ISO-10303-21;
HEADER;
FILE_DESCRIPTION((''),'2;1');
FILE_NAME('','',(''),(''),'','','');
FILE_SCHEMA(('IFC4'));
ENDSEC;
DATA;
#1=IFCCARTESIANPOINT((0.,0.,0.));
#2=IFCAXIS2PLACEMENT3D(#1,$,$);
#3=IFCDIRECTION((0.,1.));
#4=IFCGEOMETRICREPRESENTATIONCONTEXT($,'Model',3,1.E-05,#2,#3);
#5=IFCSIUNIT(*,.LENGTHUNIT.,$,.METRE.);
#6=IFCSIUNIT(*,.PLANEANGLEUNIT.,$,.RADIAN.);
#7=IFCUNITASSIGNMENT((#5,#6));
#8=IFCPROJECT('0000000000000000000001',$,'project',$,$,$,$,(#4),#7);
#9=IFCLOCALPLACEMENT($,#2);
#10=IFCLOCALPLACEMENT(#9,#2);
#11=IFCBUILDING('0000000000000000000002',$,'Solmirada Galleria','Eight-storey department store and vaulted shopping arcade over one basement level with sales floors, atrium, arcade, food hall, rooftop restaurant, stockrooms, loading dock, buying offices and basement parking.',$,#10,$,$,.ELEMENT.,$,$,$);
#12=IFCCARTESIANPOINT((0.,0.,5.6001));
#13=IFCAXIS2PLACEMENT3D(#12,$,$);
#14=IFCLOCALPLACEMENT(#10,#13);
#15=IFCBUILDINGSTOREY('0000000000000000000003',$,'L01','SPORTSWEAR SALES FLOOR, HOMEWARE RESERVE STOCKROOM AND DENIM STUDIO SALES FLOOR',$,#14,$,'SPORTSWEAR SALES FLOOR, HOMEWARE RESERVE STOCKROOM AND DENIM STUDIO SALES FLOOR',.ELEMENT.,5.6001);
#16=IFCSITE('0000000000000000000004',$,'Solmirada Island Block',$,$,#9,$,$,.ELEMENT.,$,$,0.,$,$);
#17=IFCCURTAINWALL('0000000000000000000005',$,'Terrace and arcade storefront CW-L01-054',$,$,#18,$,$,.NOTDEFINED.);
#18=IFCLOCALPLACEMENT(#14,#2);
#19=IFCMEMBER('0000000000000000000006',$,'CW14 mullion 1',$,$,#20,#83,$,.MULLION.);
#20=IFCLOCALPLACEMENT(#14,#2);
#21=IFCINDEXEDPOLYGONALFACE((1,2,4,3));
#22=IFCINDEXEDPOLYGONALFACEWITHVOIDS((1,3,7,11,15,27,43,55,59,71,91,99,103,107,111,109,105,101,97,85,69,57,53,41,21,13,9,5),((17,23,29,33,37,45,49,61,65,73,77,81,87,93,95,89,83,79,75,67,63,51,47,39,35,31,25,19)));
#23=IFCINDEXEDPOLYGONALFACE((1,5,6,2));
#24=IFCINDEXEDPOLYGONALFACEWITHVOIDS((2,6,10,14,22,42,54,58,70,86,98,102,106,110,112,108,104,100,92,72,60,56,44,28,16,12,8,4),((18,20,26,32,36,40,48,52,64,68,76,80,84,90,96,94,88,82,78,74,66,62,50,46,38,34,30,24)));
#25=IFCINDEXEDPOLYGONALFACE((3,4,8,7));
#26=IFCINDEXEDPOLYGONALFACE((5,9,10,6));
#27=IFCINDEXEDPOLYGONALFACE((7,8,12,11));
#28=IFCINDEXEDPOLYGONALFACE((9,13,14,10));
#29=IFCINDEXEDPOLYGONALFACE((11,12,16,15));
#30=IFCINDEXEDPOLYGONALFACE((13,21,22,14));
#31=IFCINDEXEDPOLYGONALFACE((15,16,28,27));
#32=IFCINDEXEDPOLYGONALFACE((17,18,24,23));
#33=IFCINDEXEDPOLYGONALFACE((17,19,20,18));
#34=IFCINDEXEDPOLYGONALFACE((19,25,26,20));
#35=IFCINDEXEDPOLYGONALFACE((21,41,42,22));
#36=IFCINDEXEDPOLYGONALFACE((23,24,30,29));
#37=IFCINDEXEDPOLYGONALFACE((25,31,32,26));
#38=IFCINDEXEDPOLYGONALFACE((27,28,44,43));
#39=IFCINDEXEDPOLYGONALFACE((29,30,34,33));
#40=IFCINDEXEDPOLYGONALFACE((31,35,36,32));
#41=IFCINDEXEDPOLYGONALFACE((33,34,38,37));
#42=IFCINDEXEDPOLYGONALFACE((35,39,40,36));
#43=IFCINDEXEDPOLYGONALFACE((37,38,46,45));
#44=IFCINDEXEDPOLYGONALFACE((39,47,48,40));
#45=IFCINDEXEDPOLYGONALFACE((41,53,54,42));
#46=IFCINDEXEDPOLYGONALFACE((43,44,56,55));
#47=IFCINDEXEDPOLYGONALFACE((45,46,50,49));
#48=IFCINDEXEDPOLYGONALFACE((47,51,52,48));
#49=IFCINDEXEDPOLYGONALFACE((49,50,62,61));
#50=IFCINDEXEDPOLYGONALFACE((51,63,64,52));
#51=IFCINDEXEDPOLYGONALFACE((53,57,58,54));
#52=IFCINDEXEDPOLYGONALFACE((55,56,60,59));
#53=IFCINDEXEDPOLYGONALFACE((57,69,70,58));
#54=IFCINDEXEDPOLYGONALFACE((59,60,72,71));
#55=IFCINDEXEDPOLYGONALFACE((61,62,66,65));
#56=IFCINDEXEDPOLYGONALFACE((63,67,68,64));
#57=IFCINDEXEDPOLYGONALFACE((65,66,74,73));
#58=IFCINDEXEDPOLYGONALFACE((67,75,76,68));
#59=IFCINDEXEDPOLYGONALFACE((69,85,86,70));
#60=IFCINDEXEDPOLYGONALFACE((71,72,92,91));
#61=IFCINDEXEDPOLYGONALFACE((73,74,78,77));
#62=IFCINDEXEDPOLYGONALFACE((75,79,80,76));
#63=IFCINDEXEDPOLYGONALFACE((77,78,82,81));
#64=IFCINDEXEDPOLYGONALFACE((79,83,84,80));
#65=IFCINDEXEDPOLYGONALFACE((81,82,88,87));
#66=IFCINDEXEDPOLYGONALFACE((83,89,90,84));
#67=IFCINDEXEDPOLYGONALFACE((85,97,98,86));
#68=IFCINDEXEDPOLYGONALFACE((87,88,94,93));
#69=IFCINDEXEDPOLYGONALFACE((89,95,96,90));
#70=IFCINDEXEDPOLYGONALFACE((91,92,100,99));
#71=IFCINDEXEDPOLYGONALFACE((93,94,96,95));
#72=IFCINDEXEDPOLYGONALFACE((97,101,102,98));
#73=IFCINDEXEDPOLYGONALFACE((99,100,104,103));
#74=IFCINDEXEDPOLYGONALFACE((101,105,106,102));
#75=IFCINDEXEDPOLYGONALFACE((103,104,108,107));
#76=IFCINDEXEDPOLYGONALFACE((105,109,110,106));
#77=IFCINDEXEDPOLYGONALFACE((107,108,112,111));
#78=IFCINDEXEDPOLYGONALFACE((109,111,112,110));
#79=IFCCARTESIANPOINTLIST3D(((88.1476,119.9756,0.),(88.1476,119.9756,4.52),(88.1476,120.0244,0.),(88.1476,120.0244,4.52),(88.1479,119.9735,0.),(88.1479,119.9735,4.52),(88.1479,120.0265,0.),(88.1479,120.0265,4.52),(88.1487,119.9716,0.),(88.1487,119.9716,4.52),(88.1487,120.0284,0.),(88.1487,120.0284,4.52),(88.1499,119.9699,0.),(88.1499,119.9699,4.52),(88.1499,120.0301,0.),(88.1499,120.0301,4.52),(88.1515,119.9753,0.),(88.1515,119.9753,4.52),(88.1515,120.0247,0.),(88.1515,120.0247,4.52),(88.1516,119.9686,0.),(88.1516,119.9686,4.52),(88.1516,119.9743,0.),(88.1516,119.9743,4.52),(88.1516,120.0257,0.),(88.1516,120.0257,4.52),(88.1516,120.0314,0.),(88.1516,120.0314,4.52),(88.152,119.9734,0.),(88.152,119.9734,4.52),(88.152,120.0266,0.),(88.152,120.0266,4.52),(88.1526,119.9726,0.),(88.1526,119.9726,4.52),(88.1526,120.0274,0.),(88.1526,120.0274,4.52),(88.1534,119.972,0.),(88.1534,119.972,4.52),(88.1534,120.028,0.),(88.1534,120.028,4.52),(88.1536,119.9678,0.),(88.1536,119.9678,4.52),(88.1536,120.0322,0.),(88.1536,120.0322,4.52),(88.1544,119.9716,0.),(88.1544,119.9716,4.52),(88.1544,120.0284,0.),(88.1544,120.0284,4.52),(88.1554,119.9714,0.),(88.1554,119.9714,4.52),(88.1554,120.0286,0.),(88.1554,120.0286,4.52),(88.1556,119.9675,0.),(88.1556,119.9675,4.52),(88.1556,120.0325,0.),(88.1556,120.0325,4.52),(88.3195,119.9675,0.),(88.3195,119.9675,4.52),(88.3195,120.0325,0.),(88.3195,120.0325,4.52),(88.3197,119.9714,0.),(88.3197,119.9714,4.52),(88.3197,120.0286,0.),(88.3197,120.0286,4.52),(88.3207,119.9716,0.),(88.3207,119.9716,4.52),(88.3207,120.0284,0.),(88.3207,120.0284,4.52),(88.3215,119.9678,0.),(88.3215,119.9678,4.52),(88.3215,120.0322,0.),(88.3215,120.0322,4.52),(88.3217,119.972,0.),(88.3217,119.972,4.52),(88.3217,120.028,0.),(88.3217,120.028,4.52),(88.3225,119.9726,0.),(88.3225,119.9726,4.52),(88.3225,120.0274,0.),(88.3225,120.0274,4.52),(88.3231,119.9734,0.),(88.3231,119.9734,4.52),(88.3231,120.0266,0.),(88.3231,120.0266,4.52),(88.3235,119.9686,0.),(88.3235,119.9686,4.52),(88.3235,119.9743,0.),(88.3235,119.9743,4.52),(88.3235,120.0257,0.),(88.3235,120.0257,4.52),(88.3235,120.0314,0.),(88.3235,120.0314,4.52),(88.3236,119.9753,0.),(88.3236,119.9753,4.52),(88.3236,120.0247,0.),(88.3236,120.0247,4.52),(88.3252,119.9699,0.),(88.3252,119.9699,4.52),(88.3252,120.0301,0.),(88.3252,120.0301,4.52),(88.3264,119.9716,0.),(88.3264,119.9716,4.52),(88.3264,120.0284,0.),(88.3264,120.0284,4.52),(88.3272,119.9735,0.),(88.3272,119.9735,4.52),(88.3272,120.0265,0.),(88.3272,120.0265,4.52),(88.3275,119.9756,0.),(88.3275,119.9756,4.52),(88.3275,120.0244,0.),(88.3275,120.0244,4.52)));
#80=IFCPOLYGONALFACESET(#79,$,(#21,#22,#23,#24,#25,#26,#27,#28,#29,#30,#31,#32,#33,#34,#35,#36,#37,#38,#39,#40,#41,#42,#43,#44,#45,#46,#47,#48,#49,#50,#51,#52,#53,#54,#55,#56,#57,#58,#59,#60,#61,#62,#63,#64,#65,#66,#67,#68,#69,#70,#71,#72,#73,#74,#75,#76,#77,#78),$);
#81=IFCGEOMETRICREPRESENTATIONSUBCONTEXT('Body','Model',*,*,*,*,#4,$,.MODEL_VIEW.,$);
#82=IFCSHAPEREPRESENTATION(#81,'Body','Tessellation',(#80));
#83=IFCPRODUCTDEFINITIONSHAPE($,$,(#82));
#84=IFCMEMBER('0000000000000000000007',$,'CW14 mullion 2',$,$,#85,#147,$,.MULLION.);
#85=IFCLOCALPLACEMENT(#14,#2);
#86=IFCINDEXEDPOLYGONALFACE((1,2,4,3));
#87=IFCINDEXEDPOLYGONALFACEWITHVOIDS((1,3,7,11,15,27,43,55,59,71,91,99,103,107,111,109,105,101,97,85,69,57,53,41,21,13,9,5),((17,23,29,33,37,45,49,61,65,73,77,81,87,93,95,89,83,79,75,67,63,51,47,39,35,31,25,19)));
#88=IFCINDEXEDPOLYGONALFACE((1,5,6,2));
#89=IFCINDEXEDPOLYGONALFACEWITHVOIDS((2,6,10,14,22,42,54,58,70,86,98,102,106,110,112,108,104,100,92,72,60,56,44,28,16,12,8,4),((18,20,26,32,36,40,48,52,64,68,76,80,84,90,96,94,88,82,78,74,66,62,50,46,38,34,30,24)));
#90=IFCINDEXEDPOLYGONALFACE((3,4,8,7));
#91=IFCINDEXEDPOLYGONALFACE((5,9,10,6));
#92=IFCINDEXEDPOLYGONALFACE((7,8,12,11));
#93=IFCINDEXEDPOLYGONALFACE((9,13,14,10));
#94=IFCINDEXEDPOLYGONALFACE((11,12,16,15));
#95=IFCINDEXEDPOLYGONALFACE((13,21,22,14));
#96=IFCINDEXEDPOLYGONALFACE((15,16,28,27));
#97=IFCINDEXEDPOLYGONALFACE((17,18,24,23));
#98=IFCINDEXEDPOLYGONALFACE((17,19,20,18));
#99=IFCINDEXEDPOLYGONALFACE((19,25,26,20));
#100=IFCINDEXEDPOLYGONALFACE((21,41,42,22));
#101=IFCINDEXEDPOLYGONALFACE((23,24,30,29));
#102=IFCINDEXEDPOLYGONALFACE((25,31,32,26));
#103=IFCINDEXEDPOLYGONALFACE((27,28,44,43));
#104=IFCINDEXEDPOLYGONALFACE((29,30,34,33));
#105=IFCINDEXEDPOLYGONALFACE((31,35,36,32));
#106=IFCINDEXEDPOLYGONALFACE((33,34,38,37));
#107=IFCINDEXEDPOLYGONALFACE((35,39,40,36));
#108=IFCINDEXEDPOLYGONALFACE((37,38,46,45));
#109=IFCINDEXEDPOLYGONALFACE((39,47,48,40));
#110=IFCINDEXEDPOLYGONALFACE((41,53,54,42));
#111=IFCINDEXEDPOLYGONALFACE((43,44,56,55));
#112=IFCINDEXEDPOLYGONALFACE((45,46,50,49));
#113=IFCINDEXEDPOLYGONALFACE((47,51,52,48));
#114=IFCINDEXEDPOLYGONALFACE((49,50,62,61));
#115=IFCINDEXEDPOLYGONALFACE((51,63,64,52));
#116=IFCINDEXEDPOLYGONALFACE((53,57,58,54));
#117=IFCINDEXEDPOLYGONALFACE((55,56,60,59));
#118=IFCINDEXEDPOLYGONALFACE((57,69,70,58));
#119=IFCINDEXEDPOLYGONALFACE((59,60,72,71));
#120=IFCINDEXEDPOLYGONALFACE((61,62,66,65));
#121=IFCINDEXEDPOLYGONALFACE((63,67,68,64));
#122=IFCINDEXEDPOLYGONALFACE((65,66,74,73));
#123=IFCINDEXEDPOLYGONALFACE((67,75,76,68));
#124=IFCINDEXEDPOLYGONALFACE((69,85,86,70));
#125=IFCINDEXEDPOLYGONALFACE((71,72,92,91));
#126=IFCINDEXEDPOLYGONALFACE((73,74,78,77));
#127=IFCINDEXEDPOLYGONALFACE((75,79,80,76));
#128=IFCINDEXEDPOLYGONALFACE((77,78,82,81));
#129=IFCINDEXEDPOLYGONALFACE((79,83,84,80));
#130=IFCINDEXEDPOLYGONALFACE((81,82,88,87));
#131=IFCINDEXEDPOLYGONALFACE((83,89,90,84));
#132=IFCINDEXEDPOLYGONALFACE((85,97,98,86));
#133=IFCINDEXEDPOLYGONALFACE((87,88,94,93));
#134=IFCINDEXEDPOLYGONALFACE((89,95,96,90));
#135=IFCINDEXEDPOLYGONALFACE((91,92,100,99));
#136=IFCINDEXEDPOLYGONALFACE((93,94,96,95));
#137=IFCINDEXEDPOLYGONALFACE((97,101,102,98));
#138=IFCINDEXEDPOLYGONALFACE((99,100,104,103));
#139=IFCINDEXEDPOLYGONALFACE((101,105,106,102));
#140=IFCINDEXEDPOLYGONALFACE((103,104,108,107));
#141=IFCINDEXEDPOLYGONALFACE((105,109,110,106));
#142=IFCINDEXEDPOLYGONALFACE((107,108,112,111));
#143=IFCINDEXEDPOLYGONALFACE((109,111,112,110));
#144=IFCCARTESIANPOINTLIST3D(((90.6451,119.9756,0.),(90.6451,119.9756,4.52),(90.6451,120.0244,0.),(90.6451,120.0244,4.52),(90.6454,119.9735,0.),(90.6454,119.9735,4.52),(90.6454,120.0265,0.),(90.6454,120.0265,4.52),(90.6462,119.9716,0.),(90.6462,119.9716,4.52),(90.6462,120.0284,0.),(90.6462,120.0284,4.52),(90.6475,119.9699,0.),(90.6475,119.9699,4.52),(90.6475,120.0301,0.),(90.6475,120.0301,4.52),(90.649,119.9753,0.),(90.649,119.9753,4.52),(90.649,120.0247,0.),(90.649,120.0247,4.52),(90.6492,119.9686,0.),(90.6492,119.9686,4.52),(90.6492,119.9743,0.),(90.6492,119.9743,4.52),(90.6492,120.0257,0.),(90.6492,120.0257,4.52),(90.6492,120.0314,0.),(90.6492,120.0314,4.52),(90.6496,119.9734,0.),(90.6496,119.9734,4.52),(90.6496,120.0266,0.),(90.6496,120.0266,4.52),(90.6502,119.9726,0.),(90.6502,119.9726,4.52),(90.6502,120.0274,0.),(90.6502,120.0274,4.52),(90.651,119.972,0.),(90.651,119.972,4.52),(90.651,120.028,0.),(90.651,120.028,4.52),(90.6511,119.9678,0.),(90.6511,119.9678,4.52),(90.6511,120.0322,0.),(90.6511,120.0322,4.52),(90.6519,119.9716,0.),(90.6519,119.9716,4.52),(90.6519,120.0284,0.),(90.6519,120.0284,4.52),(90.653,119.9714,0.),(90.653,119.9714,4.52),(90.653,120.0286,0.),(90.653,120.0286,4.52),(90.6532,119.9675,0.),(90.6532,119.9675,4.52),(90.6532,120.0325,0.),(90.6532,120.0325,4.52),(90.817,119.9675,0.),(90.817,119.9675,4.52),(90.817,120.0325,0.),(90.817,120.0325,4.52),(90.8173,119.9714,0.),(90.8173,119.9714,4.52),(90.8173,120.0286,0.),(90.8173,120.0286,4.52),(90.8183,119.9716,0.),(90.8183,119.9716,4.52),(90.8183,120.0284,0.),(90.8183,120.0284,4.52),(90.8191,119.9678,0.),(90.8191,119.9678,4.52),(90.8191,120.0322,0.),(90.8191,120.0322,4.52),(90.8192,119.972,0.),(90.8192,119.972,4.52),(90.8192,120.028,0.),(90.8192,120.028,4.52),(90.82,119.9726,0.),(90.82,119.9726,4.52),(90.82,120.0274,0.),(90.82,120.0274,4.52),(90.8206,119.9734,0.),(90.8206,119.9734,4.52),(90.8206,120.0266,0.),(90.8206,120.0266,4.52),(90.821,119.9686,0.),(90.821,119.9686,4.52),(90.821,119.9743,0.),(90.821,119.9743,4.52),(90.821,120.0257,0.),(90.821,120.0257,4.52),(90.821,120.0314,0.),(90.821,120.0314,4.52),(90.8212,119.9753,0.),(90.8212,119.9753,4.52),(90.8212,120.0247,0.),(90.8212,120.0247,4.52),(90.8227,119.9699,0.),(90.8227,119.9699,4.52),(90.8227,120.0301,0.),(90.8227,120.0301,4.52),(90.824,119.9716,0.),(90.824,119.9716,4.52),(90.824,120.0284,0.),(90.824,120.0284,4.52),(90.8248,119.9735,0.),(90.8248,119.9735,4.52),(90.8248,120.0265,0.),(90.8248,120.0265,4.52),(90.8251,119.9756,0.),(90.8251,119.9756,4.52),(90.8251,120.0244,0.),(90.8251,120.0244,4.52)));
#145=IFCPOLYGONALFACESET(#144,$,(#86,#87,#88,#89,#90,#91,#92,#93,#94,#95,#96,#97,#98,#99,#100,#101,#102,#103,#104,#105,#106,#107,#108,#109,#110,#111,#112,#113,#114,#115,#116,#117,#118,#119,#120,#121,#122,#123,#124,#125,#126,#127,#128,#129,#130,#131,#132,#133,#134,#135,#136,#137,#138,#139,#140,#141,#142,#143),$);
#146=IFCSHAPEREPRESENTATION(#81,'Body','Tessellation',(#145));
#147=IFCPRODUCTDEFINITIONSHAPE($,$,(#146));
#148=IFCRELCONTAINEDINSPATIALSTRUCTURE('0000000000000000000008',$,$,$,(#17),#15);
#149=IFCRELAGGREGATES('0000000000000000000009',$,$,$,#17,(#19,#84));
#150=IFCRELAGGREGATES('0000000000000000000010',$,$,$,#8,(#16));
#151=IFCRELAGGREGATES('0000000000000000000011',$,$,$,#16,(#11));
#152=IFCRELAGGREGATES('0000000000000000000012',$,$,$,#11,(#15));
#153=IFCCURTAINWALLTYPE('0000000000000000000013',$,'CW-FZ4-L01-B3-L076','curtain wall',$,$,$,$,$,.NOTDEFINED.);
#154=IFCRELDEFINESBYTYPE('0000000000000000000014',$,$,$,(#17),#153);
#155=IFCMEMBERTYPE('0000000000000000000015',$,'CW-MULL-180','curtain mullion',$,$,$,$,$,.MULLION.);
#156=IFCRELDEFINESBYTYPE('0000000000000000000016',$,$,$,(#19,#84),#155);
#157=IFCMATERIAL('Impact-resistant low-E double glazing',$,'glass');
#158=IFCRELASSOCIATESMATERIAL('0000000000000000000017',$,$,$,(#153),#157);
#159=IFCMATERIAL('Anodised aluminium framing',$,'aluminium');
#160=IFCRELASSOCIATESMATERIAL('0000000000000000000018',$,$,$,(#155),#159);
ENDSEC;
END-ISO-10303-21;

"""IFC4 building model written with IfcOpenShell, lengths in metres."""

from ifc_helpers import new_model, si_unit, direction, frame, origin, origin_2d, place, context, subcontext, project, spatial, hollow_rectangle, extrude, material, material_profile, profile_set, type_object, element, aggregate, save


model = new_model("IFC4")

# Units and contexts
model_context = context("Model", 3, precision=1e-05, world=origin(), true_north=direction((0.0, 1.0)))
body_context = subcontext(model_context, "Body", "Model", "MODEL_VIEW")
ifc_project = project(units=[si_unit("LENGTHUNIT", "METRE"), si_unit("PLANEANGLEUNIT", "RADIAN")], contexts=[model_context])

# Site, building, storey
site_placement = place(None, origin())
site = spatial("IfcSite", under=ifc_project, at=site_placement, Name="Solmirada Island Block", CompositionType="ELEMENT", RefElevation=0.0)
building_placement = place(site_placement, origin())
building = spatial("IfcBuilding", under=site, at=building_placement, Name="Solmirada Galleria", Description="Eight-storey department store and vaulted shopping arcade over one basement level with sales floors, atrium, arcade, food hall, rooftop restaurant, stockrooms, loading dock, buying offices and basement parking.", CompositionType="ELEMENT")
storey_placement = place(building_placement, frame((0.0, 0.0, 5.6001)))
storey = spatial("IfcBuildingStorey", under=building, at=storey_placement, Name="L01", Description="SPORTSWEAR SALES FLOOR, HOMEWARE RESERVE STOCKROOM AND DENIM STUDIO SALES FLOOR", LongName="SPORTSWEAR SALES FLOOR, HOMEWARE RESERVE STOCKROOM AND DENIM STUDIO SALES FLOOR", CompositionType="ELEMENT", Elevation=5.6001)

# Shared definitions
ifc_material_1 = material(Name="Impact-resistant low-E double glazing", Category="glass")
curtain_wall_type = type_object("IfcCurtainWallType", Name="CW-FZ4-L01-B3-L076", Description="curtain wall", PredefinedType="NOTDEFINED", material=ifc_material_1)
ifc_material_2 = material(Name="Anodised aluminium framing", Category="aluminium")
ifc_material_profile_1 = material_profile(ifc_material_2, hollow_rectangle(XDim=0.0649, YDim=0.1799, WallThickness=0.0039, InnerFilletRadius=0.0039, OuterFilletRadius=0.0081, at=origin_2d()), Name="ALU-MULL-180X65")
ifc_profile_set_1 = profile_set([ifc_material_profile_1], Name="Anodised aluminium framing")
member_type_1 = type_object("IfcMemberType", Name="CW-MULL-180", Description="curtain mullion", PredefinedType="MULLION", material=ifc_profile_set_1)

# Curtain wall, members
curtain_wall_1_placement = place(storey_placement, origin())
curtain_wall_1 = element("IfcCurtainWall", 1, at=curtain_wall_1_placement, inside=storey, type_object=curtain_wall_type, Name="Terrace and arcade storefront CW-L01-054", PredefinedType="NOTDEFINED")
member_1_placement = place(storey_placement, frame((88.2375, 120.0, 0.0), z_axis=(0.0, 0.0, 1.0), x_axis=(0.0, 1.0, 0.0)))
member_1 = element("IfcMember", 2, at=member_1_placement, type_object=member_type_1, Name="CW14 mullion 1", PredefinedType="MULLION", context=body_context, shape_type="SweptSolid", body=[
    extrude(hollow_rectangle(XDim=0.0649, YDim=0.1799, WallThickness=0.0039, InnerFilletRadius=0.0039, OuterFilletRadius=0.0081, at=origin_2d()), origin(), (0.0, 0.0, 1.0), 4.52),
])
member_2_placement = place(storey_placement, frame((90.7351, 120.0, 0.0), z_axis=(0.0, 0.0, 1.0), x_axis=(0.0, 1.0, 0.0)))
member_2 = element("IfcMember", 3, at=member_2_placement, type_object=member_type_1, Name="CW14 mullion 2", PredefinedType="MULLION", context=body_context, shape_type="SweptSolid", body=[
    extrude(hollow_rectangle(XDim=0.0649, YDim=0.1799, WallThickness=0.0039, InnerFilletRadius=0.0039, OuterFilletRadius=0.0081, at=origin_2d()), origin(), (0.0, 0.0, 1.0), 4.52),
])
aggregate(curtain_wall_1, [member_1, member_2])

save(model, "model.ifc")
